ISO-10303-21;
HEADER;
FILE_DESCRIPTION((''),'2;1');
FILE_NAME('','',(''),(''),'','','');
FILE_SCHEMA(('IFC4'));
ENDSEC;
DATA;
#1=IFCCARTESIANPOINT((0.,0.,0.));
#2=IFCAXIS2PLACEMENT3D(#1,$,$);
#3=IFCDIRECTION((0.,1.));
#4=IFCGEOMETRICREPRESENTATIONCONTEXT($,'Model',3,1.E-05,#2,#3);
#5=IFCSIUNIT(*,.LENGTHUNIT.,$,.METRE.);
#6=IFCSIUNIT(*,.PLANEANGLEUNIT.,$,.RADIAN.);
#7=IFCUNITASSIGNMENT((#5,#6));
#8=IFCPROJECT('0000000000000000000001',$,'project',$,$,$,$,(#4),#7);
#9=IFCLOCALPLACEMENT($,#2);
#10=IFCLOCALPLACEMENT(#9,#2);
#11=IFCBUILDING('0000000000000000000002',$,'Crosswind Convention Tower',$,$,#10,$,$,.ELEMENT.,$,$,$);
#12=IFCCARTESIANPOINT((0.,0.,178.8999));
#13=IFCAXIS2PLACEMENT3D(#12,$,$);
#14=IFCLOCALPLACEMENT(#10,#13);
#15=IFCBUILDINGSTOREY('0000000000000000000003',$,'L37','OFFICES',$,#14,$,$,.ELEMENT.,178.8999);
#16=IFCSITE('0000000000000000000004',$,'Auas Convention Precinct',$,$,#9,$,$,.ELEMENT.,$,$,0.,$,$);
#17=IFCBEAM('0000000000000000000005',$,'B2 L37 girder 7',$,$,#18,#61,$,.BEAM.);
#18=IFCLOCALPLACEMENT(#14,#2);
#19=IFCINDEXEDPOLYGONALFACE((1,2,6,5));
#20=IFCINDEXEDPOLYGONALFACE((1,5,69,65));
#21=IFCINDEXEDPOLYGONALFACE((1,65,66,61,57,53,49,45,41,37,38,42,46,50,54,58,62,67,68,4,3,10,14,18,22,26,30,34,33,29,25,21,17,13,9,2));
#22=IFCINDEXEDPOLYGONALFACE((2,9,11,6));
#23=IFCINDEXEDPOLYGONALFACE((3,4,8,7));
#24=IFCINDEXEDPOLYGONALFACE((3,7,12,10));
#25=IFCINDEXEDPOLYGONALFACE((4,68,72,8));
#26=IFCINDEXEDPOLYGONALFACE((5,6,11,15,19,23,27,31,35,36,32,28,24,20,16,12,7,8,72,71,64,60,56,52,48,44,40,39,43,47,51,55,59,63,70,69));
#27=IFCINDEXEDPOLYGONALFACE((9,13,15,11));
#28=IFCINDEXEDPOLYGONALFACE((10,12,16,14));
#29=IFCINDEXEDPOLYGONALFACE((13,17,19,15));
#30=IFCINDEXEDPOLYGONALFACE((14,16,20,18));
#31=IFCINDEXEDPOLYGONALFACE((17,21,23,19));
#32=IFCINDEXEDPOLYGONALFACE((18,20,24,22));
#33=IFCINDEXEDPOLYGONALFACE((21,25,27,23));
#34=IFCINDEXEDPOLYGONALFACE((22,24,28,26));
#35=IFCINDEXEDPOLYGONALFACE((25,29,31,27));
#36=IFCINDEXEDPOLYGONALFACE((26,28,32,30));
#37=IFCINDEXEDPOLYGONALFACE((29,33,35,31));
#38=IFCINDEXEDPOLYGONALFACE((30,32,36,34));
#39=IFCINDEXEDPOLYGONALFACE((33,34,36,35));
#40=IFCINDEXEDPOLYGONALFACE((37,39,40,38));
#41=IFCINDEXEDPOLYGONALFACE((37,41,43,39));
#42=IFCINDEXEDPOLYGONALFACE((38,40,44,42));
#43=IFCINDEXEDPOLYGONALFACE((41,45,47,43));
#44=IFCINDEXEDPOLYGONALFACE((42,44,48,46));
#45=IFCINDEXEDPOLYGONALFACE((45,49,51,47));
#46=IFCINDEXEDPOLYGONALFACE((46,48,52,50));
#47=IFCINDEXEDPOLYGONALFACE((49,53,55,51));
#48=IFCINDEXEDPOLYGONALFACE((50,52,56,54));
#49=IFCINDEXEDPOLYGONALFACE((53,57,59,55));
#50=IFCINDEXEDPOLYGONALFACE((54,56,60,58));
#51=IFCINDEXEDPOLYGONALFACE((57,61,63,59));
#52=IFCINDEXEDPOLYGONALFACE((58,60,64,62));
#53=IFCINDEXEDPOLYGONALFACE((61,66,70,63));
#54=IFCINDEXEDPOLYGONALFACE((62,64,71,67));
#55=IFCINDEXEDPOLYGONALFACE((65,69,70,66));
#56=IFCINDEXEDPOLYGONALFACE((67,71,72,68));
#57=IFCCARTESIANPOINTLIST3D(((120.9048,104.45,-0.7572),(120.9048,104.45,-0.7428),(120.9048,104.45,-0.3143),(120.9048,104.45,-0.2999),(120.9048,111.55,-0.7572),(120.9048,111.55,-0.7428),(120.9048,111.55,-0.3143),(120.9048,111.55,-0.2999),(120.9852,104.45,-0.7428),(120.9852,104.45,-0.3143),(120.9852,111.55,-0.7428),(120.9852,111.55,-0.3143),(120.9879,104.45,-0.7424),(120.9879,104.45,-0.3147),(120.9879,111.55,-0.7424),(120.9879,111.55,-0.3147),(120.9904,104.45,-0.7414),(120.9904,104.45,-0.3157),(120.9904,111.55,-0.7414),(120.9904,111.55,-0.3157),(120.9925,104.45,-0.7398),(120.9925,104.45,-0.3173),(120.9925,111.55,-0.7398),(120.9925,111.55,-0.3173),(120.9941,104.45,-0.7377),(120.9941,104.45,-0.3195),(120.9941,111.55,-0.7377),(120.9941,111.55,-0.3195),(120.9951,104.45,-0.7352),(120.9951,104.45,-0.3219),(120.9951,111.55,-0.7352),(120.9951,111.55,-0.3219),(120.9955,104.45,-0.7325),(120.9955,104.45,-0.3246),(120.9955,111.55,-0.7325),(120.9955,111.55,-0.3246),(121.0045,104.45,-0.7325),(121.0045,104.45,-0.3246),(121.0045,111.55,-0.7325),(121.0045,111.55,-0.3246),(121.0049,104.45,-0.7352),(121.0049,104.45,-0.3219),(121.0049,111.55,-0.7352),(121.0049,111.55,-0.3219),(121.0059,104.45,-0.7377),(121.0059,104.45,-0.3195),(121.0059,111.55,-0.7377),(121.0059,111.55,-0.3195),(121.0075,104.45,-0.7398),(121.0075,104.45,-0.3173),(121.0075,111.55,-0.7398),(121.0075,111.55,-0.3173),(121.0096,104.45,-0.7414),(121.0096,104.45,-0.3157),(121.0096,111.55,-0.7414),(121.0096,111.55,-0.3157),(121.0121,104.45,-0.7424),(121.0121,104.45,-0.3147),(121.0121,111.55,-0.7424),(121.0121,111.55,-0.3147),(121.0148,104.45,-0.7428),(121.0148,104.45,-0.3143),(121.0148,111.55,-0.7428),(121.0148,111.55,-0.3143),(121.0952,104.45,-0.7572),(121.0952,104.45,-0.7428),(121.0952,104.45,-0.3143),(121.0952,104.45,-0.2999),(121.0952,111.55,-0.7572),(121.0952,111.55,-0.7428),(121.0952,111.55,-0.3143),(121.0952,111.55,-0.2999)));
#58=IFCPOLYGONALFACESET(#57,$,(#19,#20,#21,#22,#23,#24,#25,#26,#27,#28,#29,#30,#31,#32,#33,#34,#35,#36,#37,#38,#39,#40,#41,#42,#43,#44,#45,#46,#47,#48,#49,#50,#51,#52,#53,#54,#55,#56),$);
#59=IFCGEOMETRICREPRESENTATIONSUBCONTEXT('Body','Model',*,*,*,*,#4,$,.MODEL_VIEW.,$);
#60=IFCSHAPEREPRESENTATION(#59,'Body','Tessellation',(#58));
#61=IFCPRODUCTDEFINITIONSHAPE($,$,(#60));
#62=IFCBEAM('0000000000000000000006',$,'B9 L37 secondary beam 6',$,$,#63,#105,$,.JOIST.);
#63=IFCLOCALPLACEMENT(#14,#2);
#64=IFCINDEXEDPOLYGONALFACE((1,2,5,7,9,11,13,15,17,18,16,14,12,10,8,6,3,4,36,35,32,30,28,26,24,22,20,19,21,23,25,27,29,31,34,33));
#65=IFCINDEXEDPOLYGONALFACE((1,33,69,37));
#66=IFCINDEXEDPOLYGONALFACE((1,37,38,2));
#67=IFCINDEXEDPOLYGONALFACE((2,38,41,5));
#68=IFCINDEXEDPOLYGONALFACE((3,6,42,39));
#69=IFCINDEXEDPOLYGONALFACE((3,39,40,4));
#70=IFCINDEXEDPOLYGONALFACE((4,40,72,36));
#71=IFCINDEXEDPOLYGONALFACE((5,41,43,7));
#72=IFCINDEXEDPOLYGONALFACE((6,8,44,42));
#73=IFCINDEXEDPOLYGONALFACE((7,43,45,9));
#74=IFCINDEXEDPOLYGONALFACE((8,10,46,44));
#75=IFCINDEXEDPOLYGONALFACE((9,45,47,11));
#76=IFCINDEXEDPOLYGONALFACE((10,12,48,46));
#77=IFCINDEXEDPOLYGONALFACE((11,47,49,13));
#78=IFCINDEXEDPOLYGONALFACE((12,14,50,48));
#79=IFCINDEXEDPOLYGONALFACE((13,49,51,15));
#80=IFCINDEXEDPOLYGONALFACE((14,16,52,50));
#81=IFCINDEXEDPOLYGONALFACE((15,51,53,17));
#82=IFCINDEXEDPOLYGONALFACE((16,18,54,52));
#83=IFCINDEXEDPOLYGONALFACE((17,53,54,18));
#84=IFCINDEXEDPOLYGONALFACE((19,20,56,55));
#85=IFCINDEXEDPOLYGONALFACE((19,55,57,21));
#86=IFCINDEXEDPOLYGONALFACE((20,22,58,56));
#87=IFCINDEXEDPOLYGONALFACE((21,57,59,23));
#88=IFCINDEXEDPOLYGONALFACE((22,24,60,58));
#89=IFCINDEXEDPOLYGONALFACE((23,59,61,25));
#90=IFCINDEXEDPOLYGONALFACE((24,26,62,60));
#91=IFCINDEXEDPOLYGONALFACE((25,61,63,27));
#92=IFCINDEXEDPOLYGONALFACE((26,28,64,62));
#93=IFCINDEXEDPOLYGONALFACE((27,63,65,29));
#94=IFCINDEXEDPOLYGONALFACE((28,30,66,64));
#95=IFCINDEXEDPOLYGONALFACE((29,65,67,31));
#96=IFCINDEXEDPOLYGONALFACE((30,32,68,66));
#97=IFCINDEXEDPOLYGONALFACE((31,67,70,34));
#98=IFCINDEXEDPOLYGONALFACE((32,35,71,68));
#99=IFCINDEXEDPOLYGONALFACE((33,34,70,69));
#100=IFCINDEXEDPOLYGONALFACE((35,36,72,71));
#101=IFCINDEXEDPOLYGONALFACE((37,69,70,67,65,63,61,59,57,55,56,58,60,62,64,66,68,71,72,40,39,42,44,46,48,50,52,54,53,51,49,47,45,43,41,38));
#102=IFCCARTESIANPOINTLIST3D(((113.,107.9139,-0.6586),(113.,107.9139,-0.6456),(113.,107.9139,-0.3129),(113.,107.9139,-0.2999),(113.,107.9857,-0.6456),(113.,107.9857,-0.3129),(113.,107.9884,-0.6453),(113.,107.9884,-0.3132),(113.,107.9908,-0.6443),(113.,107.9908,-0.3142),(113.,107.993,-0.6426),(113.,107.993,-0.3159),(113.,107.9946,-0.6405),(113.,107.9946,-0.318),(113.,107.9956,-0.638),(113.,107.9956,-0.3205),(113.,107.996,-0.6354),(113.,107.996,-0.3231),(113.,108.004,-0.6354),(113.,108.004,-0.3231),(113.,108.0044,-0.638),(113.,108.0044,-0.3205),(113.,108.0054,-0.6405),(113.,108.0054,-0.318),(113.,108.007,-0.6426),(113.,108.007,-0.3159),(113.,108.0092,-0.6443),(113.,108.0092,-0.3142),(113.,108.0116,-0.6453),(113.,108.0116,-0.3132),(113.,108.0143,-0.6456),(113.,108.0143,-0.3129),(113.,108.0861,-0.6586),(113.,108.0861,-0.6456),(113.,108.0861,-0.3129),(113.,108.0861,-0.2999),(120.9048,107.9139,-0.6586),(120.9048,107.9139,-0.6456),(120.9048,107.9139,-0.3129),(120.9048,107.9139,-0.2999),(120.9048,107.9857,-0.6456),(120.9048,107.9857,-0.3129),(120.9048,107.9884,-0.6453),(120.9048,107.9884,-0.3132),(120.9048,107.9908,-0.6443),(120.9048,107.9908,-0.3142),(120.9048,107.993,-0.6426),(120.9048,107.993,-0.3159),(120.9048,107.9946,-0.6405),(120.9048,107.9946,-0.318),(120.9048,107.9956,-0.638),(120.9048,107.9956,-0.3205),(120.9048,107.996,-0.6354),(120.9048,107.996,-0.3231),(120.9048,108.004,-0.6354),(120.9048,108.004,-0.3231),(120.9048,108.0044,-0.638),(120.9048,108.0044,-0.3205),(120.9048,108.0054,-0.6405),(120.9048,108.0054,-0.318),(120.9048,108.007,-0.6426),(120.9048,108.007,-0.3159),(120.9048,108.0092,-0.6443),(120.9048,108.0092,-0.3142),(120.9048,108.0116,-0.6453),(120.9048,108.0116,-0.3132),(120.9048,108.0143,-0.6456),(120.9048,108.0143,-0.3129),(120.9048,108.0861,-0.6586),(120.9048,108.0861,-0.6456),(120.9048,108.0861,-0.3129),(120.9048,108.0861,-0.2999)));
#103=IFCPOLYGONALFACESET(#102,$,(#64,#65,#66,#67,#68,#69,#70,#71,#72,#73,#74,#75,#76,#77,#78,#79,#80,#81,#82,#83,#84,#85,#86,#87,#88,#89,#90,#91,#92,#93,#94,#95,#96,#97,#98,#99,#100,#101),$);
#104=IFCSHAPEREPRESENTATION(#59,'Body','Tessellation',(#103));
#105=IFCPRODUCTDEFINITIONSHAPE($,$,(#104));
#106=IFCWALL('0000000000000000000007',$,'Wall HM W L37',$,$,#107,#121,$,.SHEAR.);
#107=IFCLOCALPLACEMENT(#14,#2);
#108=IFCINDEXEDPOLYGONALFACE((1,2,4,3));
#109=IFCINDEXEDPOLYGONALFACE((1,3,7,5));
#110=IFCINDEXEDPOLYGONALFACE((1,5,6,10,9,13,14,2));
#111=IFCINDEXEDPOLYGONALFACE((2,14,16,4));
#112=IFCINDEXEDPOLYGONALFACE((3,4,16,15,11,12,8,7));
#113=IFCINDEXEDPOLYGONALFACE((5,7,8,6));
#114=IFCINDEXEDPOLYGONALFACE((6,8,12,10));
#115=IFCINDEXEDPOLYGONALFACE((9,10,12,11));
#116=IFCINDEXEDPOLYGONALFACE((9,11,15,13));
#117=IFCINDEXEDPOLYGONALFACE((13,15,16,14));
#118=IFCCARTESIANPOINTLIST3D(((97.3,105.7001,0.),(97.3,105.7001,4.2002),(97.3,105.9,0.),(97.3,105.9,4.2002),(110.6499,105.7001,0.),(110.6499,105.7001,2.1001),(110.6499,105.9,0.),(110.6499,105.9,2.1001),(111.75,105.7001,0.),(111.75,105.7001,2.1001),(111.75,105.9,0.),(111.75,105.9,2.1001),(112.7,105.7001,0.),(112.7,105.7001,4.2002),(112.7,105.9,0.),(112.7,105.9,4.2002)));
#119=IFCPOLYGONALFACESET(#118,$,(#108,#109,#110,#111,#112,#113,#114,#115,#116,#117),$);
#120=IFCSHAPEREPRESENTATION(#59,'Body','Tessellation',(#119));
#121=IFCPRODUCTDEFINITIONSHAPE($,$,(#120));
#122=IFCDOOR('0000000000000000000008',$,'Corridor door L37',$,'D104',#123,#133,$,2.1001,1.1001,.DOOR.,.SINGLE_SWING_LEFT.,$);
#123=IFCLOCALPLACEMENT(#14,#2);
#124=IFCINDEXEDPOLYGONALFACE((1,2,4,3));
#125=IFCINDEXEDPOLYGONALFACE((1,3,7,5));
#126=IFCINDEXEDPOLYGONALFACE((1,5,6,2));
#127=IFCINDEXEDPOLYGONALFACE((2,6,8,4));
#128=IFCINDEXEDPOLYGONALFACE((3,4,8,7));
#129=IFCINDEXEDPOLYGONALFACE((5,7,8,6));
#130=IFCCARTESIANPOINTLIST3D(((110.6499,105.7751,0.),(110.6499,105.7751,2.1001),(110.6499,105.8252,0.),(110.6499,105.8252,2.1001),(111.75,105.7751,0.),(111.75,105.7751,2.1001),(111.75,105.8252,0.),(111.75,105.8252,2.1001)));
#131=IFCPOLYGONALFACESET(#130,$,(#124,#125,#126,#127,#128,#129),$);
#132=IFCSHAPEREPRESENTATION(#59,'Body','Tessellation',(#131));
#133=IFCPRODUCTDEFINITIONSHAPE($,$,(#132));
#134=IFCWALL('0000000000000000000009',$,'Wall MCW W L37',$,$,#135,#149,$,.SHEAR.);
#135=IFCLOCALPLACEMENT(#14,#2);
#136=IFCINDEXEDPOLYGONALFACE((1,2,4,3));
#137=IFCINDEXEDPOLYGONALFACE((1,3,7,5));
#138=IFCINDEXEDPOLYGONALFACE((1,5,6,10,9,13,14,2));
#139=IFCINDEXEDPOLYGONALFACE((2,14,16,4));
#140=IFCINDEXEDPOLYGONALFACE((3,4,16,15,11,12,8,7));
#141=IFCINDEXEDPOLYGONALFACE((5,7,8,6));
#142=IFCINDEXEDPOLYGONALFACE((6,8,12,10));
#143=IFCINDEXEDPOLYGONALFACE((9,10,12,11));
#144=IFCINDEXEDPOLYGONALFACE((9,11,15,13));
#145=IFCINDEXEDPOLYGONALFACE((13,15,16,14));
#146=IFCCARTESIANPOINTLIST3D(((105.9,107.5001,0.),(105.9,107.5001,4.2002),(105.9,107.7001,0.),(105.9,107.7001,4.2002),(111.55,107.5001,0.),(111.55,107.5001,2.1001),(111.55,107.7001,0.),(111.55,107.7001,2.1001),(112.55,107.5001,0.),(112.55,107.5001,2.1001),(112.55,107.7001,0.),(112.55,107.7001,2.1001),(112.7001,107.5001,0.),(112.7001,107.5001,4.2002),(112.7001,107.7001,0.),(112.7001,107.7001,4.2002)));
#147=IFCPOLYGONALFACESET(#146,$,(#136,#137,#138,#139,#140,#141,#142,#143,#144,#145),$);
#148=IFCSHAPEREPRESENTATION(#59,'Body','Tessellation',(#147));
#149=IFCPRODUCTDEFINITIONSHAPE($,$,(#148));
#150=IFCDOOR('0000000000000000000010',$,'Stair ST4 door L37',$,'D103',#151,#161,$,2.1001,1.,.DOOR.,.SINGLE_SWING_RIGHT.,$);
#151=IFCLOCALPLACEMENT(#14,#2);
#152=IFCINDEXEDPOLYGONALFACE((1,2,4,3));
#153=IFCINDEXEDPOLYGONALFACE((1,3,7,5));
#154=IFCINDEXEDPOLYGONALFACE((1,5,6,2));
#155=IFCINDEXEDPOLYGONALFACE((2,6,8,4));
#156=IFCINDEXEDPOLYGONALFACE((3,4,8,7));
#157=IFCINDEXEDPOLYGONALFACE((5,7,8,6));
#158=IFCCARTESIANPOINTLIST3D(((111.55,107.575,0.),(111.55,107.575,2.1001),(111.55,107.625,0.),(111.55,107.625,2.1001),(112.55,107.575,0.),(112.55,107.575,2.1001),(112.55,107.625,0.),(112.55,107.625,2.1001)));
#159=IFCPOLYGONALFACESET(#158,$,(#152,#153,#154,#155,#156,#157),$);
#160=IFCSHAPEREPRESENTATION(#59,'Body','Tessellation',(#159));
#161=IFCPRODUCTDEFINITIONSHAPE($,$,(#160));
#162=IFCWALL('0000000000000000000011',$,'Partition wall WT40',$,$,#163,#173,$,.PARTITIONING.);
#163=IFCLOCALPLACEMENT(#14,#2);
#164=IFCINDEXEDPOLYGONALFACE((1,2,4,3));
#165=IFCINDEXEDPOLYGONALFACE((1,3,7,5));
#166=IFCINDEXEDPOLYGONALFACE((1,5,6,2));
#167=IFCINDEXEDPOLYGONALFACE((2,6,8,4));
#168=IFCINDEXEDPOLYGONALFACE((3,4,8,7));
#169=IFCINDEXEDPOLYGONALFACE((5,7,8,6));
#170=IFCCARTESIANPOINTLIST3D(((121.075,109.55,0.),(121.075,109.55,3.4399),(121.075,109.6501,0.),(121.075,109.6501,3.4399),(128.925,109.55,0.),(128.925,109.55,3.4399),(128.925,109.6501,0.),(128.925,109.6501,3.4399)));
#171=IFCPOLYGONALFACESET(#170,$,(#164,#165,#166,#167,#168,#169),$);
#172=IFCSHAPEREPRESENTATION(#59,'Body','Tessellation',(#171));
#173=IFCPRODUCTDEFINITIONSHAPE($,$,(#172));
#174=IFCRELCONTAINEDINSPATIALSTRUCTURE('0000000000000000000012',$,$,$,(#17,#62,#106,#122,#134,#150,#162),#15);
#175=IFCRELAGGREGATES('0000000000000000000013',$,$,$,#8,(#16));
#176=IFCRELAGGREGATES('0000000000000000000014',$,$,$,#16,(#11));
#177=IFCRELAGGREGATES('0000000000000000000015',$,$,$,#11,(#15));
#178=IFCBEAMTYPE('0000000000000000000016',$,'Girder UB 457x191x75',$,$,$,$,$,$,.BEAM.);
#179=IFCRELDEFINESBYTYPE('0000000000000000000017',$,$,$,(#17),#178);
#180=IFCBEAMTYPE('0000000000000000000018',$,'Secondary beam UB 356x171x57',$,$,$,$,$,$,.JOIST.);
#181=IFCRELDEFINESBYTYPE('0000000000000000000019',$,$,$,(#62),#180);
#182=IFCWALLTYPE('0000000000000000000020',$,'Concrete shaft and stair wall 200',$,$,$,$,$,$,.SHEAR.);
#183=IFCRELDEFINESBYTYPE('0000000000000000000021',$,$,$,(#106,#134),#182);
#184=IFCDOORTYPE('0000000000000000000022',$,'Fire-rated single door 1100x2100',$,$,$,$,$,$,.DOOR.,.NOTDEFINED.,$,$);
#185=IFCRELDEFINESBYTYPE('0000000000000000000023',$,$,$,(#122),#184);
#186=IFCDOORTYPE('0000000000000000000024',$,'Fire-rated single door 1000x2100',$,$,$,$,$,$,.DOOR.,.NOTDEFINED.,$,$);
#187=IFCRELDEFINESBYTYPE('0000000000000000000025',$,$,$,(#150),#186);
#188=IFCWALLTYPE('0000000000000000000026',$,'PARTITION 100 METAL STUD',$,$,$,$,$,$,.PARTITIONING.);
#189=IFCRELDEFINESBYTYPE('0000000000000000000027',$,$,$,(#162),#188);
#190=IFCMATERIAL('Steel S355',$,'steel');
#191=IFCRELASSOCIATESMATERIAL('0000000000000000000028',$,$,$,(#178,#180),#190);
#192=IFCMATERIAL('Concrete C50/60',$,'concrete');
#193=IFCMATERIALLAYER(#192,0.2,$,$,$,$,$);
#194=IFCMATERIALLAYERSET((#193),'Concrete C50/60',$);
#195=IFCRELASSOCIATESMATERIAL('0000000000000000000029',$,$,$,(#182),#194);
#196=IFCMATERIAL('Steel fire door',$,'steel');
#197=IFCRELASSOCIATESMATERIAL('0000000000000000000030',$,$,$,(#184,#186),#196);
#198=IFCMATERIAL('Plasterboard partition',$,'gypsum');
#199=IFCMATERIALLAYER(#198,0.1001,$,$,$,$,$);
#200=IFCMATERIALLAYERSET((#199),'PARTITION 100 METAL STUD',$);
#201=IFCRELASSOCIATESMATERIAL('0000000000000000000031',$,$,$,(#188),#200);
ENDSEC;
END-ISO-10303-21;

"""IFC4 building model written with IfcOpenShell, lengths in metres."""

from ifc_helpers import new_model, si_unit, direction, frame, frame_2d, origin, origin_2d, place, context, subcontext, project, spatial, rectangle, i_section, extrude, material, layer, layer_set, material_profile, profile_set, type_object, element, fill, save


model = new_model("IFC4")

# Units and contexts
model_context = context("Model", 3, precision=1e-05, world=origin(), true_north=direction((0.0, 1.0)))
body_context = subcontext(model_context, "Body", "Model", "MODEL_VIEW")
ifc_project = project(units=[si_unit("LENGTHUNIT", "METRE"), si_unit("PLANEANGLEUNIT", "RADIAN")], contexts=[model_context])

# Site, building, storey
site_placement = place(None, origin())
site = spatial("IfcSite", under=ifc_project, at=site_placement, Name="Auas Convention Precinct", CompositionType="ELEMENT", RefElevation=0.0)
building_placement = place(site_placement, origin())
building = spatial("IfcBuilding", under=site, at=building_placement, Name="Crosswind Convention Tower", CompositionType="ELEMENT")
storey_placement = place(building_placement, frame((0.0, 0.0, 178.8999)))
storey = spatial("IfcBuildingStorey", under=building, at=storey_placement, Name="L37", Description="OFFICES", CompositionType="ELEMENT", Elevation=178.8999)

# Beams
ifc_material_1 = material(Name="Steel S355", Category="steel")
ifc_material_profile_1 = material_profile(ifc_material_1, i_section(OverallWidth=0.1904, OverallDepth=0.4573, WebThickness=0.009, FlangeThickness=0.0144, FilletRadius=0.0103, at=origin_2d()), Name="UB 457x191x75")
ifc_profile_set_1 = profile_set([ifc_material_profile_1], Name="Steel S355")
beam_type_1 = type_object("IfcBeamType", Name="Girder UB 457x191x75", PredefinedType="BEAM", material=ifc_profile_set_1)
beam_1_placement = place(storey_placement, frame((121.0, 104.45, -0.5286), z_axis=(0.0, 1.0, 0.0), x_axis=(-1.0, 0.0, 0.0)))
element("IfcBeam", 1, at=beam_1_placement, inside=storey, type_object=beam_type_1, Name="B2 L37 girder 7", PredefinedType="BEAM", context=body_context, shape_type="SweptSolid", body=[
    extrude(i_section(OverallWidth=0.1904, OverallDepth=0.4573, WebThickness=0.009, FlangeThickness=0.0144, FilletRadius=0.0103, at=origin_2d()), origin(), (0.0, 0.0, 1.0), 7.1001),
])
ifc_material_profile_2 = material_profile(ifc_material_1, i_section(OverallWidth=0.1721, OverallDepth=0.3586, WebThickness=0.0081, FlangeThickness=0.0129, FilletRadius=0.0103, at=origin_2d()), Name="UB 356x171x57")
ifc_profile_set_2 = profile_set([ifc_material_profile_2], Name="Steel S355")
beam_type_2 = type_object("IfcBeamType", Name="Secondary beam UB 356x171x57", PredefinedType="JOIST", material=ifc_profile_set_2)
beam_2_placement = place(storey_placement, frame((113.0, 108.0, -0.4792), z_axis=(1.0, 0.0, 0.0), x_axis=(0.0, 1.0, 0.0)))
element("IfcBeam", 2, at=beam_2_placement, inside=storey, type_object=beam_type_2, Name="B9 L37 secondary beam 6", PredefinedType="JOIST", context=body_context, shape_type="SweptSolid", body=[
    extrude(i_section(OverallWidth=0.1721, OverallDepth=0.3586, WebThickness=0.0081, FlangeThickness=0.0129, FilletRadius=0.0103, at=origin_2d()), origin(), (0.0, 0.0, 1.0), 7.9048),
])

# Shared definitions
ifc_material_2 = material(Name="Concrete C50/60", Category="concrete")

# Walls, openings, doors
ifc_layer_1 = layer(ifc_material_2, 0.2)
ifc_layer_set_1 = layer_set([ifc_layer_1], Name="Concrete C50/60")
wall_type_1 = type_object("IfcWallType", Name="Concrete shaft and stair wall 200", PredefinedType="SHEAR", material=ifc_layer_set_1)
wall_1_placement = place(storey_placement, frame((112.7, 105.8, 0.0), z_axis=(0.0, 0.0, 1.0), x_axis=(-1.0, 0.0, 0.0)))
wall_1 = element("IfcWall", 3, at=wall_1_placement, inside=storey, type_object=wall_type_1, Name="Wall HM W L37", PredefinedType="SHEAR", context=body_context, shape_type="SweptSolid", body=[
    extrude(rectangle(XDim=15.3999, YDim=0.2, at=frame_2d((7.7, 0.0))), origin(), (0.0, 0.0, 1.0), 4.2002),
])
opening_1_placement = place(wall_1_placement, frame((0.95, 0.0, 0.0)))
opening_1 = element("IfcOpeningElement", 4, at=opening_1_placement, cuts=wall_1, PredefinedType="OPENING", context=body_context, shape_type="SweptSolid", body=[
    extrude(rectangle(XDim=1.1001, YDim=2.1001, at=frame_2d((0.55, 1.05))), frame((0.0, 0.1099, 0.0), z_axis=(0.0, -1.0, 0.0), x_axis=(1.0, 0.0, 0.0)), (0.0, 0.0, 1.0), 0.22),
])
ifc_material_3 = material(Name="Steel fire door", Category="steel")
door_type_1 = type_object("IfcDoorType", Name="Fire-rated single door 1100x2100", OperationType="NOTDEFINED", PredefinedType="DOOR", material=ifc_material_3)
door_1_placement = place(opening_1_placement, origin())
door_1 = element("IfcDoor", 5, at=door_1_placement, inside=storey, type_object=door_type_1, Name="Corridor door L37", ObjectType="D104", OperationType="SINGLE_SWING_LEFT", OverallHeight=2.1001, OverallWidth=1.1001, PredefinedType="DOOR", context=body_context, shape_type="SweptSolid", body=[
    extrude(rectangle(XDim=1.1001, YDim=2.1001, at=frame_2d((0.55, 1.05))), frame((0.0, 0.0249, 0.0), z_axis=(0.0, -1.0, 0.0), x_axis=(1.0, 0.0, 0.0)), (0.0, 0.0, 1.0), 0.05),
])
fill(opening_1, door_1)
wall_2_placement = place(storey_placement, frame((112.7, 107.6001, 0.0), z_axis=(0.0, 0.0, 1.0), x_axis=(-1.0, 0.0, 0.0)))
wall_2 = element("IfcWall", 6, at=wall_2_placement, inside=storey, type_object=wall_type_1, Name="Wall MCW W L37", PredefinedType="SHEAR", context=body_context, shape_type="SweptSolid", body=[
    extrude(rectangle(XDim=6.8, YDim=0.2, at=frame_2d((3.3999, 0.0))), origin(), (0.0, 0.0, 1.0), 4.2002),
])
opening_2_placement = place(wall_2_placement, frame((0.1499, 0.0, 0.0)))
opening_2 = element("IfcOpeningElement", 7, at=opening_2_placement, cuts=wall_2, PredefinedType="OPENING", context=body_context, shape_type="SweptSolid", body=[
    extrude(rectangle(XDim=1.0, YDim=2.1001, at=frame_2d((0.5, 1.05))), frame((0.0, 0.1099, 0.0), z_axis=(0.0, -1.0, 0.0), x_axis=(1.0, 0.0, 0.0)), (0.0, 0.0, 1.0), 0.22),
])
door_type_2 = type_object("IfcDoorType", Name="Fire-rated single door 1000x2100", OperationType="NOTDEFINED", PredefinedType="DOOR", material=ifc_material_3)
door_2_placement = place(opening_2_placement, frame((1.0, 0.0, 0.0), z_axis=(0.0, 0.0, 1.0), x_axis=(-1.0, 0.0, 0.0)))
door_2 = element("IfcDoor", 8, at=door_2_placement, inside=storey, type_object=door_type_2, Name="Stair ST4 door L37", ObjectType="D103", OperationType="SINGLE_SWING_RIGHT", OverallHeight=2.1001, OverallWidth=1.0, PredefinedType="DOOR", context=body_context, shape_type="SweptSolid", body=[
    extrude(rectangle(XDim=1.0, YDim=2.1001, at=frame_2d((0.5, 1.05))), frame((0.0, 0.0249, 0.0), z_axis=(0.0, -1.0, 0.0), x_axis=(1.0, 0.0, 0.0)), (0.0, 0.0, 1.0), 0.05),
])
fill(opening_2, door_2)

# Wall
ifc_material_4 = material(Name="Plasterboard partition", Category="gypsum")
ifc_layer_2 = layer(ifc_material_4, 0.1001)
ifc_layer_set_2 = layer_set([ifc_layer_2], Name="PARTITION 100 METAL STUD")
wall_type_2 = type_object("IfcWallType", Name="PARTITION 100 METAL STUD", PredefinedType="PARTITIONING", material=ifc_layer_set_2)
wall_3_placement = place(storey_placement, frame((121.075, 109.6001, 0.0), z_axis=(0.0, 0.0, 1.0), x_axis=(1.0, 0.0, 0.0)))
element("IfcWall", 9, at=wall_3_placement, inside=storey, type_object=wall_type_2, Name="Partition wall WT40", PredefinedType="PARTITIONING", context=body_context, shape_type="SweptSolid", body=[
    extrude(rectangle(XDim=7.8501, YDim=0.1001, at=frame_2d((3.925, 0.0))), origin(), (0.0, 0.0, 1.0), 3.4399),
])

save(model, "model.ifc")
